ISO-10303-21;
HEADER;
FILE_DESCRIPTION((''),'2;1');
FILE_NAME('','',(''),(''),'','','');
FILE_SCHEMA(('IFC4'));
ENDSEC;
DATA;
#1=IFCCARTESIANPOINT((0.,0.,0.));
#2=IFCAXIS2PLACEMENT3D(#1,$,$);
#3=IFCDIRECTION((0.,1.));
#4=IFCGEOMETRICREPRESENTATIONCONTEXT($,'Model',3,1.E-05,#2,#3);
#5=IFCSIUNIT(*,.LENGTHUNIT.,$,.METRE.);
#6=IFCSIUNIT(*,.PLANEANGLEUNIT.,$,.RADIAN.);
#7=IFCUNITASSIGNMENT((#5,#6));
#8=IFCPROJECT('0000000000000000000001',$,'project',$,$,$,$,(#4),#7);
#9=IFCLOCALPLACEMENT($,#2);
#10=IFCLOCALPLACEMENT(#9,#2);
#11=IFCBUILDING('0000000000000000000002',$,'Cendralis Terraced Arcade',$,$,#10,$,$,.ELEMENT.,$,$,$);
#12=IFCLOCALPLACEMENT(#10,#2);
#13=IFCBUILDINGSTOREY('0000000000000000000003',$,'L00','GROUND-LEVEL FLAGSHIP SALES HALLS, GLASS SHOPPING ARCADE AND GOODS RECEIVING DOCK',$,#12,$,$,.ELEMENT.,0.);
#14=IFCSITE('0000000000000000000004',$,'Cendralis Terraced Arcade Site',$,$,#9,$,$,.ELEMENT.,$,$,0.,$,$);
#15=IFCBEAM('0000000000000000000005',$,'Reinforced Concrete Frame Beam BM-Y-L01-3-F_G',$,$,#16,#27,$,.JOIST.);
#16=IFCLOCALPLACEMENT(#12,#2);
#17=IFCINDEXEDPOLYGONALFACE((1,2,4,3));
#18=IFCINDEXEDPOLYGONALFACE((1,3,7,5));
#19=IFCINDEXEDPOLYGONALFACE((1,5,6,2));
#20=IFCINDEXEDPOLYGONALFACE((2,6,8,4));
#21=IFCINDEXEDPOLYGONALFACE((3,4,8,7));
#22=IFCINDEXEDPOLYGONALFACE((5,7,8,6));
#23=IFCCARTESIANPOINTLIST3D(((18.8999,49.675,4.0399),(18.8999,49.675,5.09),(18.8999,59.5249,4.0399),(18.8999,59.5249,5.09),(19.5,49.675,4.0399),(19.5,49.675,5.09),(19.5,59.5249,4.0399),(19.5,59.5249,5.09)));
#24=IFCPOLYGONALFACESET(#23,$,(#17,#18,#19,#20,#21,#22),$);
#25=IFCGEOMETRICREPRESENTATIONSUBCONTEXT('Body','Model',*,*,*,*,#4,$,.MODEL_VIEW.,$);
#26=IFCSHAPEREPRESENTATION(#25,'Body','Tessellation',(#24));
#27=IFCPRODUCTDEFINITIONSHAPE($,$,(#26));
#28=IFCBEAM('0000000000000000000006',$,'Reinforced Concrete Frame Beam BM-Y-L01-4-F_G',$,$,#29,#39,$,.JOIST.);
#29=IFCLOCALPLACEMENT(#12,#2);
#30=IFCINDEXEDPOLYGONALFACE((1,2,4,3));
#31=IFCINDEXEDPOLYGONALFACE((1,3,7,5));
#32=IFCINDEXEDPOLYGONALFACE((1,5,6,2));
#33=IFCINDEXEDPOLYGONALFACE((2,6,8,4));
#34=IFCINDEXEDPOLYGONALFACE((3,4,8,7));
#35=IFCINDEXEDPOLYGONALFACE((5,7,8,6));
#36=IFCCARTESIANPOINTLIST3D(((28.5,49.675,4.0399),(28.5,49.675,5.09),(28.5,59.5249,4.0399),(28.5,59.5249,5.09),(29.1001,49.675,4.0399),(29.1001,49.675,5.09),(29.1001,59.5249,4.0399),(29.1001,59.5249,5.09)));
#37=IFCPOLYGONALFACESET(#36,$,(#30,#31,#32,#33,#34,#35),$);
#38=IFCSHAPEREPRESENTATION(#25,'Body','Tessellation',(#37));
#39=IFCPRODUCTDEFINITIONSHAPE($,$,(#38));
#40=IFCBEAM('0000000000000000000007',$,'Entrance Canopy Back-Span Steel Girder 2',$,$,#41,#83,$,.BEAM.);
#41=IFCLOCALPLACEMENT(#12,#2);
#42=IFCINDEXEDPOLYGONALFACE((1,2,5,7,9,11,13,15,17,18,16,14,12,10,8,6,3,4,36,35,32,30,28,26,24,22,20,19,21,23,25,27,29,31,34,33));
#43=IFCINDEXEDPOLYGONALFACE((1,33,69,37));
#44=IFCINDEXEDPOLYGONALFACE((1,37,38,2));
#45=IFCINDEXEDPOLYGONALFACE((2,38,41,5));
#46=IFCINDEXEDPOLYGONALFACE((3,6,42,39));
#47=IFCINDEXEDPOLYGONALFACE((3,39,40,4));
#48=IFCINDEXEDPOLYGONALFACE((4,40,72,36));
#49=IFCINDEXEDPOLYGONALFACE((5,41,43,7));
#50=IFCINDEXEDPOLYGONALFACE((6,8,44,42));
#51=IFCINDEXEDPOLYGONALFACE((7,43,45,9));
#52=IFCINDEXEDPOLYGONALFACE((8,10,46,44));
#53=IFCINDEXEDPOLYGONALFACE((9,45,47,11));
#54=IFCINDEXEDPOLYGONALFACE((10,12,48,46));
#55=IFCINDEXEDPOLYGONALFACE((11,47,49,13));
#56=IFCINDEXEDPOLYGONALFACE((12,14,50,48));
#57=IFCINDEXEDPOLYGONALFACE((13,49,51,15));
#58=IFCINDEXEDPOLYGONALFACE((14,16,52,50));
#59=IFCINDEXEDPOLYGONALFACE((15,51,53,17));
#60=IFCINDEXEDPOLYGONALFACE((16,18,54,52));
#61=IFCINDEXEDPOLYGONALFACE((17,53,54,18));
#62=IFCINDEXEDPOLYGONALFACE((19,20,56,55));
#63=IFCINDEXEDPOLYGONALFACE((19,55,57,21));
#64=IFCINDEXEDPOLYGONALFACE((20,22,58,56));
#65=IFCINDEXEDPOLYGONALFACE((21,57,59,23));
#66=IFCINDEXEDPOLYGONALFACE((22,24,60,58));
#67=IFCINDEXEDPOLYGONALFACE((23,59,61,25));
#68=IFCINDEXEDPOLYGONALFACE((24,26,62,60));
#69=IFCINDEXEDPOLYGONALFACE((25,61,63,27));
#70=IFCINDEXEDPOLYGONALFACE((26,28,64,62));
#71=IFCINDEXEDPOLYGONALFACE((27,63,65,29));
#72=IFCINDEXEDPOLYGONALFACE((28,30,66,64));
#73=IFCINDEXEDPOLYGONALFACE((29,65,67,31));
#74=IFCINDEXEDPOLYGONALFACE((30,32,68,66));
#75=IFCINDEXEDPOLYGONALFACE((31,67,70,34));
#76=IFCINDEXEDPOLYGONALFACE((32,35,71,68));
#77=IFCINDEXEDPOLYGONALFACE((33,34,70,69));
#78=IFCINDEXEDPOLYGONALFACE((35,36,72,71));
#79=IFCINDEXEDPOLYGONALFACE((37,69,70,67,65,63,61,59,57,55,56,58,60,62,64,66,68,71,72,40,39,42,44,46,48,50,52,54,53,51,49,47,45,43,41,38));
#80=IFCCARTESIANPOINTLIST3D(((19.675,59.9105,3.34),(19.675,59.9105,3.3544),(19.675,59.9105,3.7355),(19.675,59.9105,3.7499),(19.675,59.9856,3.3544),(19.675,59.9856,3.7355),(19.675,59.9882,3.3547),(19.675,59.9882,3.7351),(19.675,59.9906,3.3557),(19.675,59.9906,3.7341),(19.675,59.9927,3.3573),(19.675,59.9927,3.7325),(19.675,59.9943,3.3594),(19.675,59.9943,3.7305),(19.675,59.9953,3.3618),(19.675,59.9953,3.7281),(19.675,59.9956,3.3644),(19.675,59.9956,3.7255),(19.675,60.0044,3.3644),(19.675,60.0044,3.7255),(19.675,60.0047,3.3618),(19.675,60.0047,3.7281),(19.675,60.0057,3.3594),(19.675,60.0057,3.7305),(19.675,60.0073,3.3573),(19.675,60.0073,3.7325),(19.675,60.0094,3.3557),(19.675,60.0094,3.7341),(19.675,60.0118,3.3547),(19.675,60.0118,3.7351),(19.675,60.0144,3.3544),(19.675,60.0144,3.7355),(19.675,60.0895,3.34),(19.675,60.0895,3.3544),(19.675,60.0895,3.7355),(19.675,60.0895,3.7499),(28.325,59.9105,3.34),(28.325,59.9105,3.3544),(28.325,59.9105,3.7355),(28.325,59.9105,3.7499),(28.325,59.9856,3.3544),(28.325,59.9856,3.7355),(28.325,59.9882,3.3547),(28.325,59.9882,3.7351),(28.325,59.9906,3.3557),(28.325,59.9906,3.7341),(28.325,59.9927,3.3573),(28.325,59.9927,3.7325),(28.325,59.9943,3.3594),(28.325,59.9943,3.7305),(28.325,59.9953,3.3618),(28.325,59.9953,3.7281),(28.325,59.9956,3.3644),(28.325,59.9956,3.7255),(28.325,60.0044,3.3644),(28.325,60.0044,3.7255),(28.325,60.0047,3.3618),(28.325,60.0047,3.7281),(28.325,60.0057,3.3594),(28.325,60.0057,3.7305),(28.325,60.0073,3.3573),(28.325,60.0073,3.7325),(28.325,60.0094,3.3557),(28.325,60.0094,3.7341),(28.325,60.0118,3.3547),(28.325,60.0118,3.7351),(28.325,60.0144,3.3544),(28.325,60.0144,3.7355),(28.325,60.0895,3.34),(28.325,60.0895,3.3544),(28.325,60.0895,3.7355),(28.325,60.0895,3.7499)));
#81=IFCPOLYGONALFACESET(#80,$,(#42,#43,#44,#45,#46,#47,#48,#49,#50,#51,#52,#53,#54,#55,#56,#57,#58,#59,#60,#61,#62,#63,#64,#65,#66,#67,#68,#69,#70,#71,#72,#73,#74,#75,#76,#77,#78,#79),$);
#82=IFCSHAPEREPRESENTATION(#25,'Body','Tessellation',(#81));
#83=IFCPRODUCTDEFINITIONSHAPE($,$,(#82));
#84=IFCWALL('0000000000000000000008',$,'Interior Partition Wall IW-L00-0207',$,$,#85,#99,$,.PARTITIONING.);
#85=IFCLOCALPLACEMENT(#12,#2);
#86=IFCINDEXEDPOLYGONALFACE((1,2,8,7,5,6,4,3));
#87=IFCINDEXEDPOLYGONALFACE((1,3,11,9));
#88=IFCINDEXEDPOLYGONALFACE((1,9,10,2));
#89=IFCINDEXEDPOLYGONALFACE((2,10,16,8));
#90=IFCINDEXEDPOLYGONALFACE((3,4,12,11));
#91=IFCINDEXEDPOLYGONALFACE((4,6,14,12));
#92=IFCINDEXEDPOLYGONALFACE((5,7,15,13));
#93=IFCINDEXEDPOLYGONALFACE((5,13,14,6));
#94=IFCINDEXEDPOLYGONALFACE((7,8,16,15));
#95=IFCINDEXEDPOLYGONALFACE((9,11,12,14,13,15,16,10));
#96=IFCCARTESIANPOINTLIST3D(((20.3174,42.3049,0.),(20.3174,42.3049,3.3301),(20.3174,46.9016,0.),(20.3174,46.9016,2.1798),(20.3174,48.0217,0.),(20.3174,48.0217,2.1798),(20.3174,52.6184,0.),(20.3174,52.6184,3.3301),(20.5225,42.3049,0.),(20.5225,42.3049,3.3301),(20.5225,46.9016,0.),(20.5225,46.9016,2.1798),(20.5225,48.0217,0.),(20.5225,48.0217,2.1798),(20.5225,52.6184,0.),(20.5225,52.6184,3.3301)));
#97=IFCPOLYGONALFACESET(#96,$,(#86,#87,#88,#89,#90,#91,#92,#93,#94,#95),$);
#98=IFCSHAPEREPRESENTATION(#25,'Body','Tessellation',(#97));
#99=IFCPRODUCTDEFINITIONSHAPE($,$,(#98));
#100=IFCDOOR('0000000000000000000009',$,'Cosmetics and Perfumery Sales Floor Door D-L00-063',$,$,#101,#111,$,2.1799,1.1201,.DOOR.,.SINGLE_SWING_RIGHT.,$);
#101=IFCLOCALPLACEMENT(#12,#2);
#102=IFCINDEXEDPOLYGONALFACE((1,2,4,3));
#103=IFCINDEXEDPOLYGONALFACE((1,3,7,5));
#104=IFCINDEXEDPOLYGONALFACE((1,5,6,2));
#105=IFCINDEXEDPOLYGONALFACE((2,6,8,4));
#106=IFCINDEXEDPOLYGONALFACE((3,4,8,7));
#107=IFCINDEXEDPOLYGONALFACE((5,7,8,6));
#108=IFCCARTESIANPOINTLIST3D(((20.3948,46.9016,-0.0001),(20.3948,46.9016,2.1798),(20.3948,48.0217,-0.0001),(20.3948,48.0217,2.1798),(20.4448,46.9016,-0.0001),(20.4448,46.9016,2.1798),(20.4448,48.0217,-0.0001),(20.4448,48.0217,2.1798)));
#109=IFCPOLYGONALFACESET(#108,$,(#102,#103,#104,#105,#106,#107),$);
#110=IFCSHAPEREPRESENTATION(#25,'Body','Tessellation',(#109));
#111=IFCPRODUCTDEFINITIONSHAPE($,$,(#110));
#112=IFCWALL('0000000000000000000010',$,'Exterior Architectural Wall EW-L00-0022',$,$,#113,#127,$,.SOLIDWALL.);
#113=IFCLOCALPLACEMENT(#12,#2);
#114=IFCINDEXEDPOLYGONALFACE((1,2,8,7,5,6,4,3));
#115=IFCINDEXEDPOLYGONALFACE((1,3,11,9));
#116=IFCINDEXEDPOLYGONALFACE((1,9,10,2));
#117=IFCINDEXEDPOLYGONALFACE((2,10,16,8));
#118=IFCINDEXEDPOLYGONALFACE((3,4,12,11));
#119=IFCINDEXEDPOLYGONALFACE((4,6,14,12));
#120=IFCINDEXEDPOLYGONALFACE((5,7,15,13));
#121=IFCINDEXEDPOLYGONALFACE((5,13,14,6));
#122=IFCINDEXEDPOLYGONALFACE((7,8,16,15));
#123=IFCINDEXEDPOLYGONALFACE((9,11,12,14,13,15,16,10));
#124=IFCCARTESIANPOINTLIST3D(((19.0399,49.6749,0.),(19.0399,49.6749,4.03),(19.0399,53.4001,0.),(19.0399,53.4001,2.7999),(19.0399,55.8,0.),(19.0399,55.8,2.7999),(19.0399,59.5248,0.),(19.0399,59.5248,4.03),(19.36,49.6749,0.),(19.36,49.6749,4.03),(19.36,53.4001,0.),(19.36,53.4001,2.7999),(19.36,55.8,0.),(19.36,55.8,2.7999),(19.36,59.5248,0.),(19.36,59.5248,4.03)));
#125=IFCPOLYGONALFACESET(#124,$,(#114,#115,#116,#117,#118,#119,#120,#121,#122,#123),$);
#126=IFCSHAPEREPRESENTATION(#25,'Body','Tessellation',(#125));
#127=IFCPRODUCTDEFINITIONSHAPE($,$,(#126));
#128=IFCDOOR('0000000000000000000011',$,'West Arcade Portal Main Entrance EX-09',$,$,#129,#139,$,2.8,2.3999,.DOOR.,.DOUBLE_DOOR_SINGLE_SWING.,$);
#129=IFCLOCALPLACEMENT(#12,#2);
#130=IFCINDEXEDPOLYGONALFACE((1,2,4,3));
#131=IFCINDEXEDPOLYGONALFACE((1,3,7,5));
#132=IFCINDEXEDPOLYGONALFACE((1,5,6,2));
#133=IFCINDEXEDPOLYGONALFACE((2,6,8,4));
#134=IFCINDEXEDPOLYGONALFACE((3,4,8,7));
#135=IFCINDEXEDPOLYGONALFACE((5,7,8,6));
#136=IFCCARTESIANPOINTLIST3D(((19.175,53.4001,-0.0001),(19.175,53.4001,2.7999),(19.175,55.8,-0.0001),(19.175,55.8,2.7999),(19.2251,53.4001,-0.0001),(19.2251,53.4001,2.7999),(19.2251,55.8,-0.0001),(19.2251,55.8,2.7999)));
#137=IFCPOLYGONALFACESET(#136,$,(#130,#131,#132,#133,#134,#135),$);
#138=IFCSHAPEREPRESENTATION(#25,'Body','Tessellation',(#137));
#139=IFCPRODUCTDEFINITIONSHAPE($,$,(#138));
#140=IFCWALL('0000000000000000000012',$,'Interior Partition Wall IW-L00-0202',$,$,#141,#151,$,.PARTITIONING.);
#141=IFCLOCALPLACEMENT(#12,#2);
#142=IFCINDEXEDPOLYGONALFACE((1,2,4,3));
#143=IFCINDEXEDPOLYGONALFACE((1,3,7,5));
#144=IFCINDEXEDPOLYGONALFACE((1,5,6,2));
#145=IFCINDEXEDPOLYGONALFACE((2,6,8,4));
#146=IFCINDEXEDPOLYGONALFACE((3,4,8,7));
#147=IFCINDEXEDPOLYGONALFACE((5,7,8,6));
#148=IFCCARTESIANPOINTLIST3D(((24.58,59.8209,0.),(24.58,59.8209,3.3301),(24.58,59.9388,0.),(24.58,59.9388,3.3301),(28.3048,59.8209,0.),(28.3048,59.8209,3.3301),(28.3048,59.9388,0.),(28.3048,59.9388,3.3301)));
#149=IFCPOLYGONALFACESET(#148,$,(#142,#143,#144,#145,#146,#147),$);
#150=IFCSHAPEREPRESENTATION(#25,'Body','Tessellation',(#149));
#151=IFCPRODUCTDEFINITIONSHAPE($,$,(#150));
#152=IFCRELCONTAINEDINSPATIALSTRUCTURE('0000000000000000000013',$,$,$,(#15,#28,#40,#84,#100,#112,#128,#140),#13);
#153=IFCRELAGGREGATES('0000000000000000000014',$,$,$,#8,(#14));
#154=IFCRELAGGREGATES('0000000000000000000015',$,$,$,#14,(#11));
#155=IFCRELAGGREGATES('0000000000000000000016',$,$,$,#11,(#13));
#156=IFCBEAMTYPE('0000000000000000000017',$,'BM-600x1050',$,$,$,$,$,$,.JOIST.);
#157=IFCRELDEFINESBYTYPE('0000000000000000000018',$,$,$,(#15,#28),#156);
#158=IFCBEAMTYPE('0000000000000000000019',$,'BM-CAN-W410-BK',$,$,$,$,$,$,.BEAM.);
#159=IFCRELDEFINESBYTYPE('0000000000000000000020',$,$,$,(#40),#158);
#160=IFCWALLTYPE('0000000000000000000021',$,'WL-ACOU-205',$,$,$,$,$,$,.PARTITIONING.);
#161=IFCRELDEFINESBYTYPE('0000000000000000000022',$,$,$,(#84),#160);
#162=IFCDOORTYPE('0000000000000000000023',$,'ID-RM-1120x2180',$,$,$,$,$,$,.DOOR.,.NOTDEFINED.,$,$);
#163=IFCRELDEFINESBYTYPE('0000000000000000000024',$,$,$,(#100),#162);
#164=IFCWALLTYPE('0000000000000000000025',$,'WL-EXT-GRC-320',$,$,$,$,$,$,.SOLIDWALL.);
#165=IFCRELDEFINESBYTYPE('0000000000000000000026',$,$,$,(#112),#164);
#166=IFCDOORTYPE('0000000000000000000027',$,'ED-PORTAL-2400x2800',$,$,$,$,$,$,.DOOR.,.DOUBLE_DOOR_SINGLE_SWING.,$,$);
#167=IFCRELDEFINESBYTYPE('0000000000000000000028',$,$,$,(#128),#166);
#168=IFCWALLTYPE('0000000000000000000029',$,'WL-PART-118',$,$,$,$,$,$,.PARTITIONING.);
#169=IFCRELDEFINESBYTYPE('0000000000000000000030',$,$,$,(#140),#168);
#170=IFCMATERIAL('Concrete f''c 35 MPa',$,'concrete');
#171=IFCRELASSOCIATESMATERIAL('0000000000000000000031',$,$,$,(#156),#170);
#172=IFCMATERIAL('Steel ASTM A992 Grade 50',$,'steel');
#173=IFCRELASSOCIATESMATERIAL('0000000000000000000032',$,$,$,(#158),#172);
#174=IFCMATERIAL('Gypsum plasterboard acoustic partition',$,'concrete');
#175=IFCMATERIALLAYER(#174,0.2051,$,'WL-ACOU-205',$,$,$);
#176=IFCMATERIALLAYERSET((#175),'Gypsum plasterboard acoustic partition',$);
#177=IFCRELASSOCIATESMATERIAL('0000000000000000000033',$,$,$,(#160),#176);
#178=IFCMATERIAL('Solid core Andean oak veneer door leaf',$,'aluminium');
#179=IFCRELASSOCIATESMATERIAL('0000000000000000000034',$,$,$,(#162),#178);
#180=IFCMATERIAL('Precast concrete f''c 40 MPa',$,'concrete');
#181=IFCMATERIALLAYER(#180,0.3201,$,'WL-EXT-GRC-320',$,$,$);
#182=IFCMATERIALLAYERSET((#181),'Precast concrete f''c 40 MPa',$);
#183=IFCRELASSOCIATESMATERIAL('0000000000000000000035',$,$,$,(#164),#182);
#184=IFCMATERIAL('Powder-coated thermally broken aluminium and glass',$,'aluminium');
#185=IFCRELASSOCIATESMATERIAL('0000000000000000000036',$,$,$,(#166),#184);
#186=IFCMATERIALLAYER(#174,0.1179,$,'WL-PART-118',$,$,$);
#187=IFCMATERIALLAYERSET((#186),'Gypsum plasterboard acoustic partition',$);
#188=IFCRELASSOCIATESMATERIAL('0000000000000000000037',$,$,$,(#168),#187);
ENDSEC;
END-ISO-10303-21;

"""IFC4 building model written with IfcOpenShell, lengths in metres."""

from ifc_helpers import new_model, si_unit, direction, frame, frame_2d, origin, origin_2d, place, context, subcontext, project, spatial, rectangle, i_section, extrude, material, layer, layer_set, material_profile, profile_set, type_object, element, fill, save


model = new_model("IFC4")

# Units and contexts
model_context = context("Model", 3, precision=1e-05, world=origin(), true_north=direction((0.0, 1.0)))
body_context = subcontext(model_context, "Body", "Model", "MODEL_VIEW")
ifc_project = project(units=[si_unit("LENGTHUNIT", "METRE"), si_unit("PLANEANGLEUNIT", "RADIAN")], contexts=[model_context])

# Site, building, storey
site_placement = place(None, origin())
site = spatial("IfcSite", under=ifc_project, at=site_placement, Name="Cendralis Terraced Arcade Site", CompositionType="ELEMENT", RefElevation=0.0)
building_placement = place(site_placement, origin())
building = spatial("IfcBuilding", under=site, at=building_placement, Name="Cendralis Terraced Arcade", CompositionType="ELEMENT")
storey_placement = place(building_placement, origin())
storey = spatial("IfcBuildingStorey", under=building, at=storey_placement, Name="L00", Description="GROUND-LEVEL FLAGSHIP SALES HALLS, GLASS SHOPPING ARCADE AND GOODS RECEIVING DOCK", CompositionType="ELEMENT", Elevation=0.0)

# Shared definitions
ifc_material_1 = material(Name="Concrete f'c 35 MPa", Category="concrete")

# Beams
ifc_material_profile_1 = material_profile(ifc_material_1, rectangle(XDim=0.6001, YDim=1.05, at=origin_2d()), Name="RC-BM-600x1050", Category="LoadBearing")
ifc_profile_set_1 = profile_set([ifc_material_profile_1], Name="Concrete f'c 35 MPa")
beam_type_1 = type_object("IfcBeamType", Name="BM-600x1050", PredefinedType="JOIST", material=ifc_profile_set_1)
for number, where, z_axis, x_axis, name in (
    (1, (19.2, 49.675, 4.5649), (0.0, 1.0, 0.0), (-1.0, 0.0, 0.0), "Reinforced Concrete Frame Beam BM-Y-L01-3-F_G"),
    (2, (28.8, 49.675, 4.5649), (0.0, 1.0, 0.0), (-1.0, 0.0, 0.0), "Reinforced Concrete Frame Beam BM-Y-L01-4-F_G"),
):
    element("IfcBeam", number, at=place(storey_placement, frame(where, z_axis=z_axis, x_axis=x_axis)), inside=storey, type_object=beam_type_1, Name=name, PredefinedType="JOIST", context=body_context, shape_type="SweptSolid", body=[
        extrude(rectangle(XDim=0.6001, YDim=1.05, at=origin_2d()), origin(), (0.0, 0.0, 1.0), 9.8499),
    ])
ifc_material_2 = material(Name="Steel ASTM A992 Grade 50", Category="steel")
ifc_material_profile_2 = material_profile(ifc_material_2, i_section(OverallWidth=0.179, OverallDepth=0.4099, WebThickness=0.0088, FlangeThickness=0.0144, FilletRadius=0.01, at=origin_2d()), Name="W410X67", Category="LoadBearing")
ifc_profile_set_2 = profile_set([ifc_material_profile_2], Name="Steel ASTM A992 Grade 50")
beam_type_2 = type_object("IfcBeamType", Name="BM-CAN-W410-BK", PredefinedType="BEAM", material=ifc_profile_set_2)
beam_1_placement = place(storey_placement, frame((28.325, 60.0, 3.5449), z_axis=(-1.0, 0.0, 0.0), x_axis=(0.0, -1.0, 0.0)))
element("IfcBeam", 3, at=beam_1_placement, inside=storey, type_object=beam_type_2, Name="Entrance Canopy Back-Span Steel Girder 2", PredefinedType="BEAM", context=body_context, shape_type="SweptSolid", body=[
    extrude(i_section(OverallWidth=0.179, OverallDepth=0.4099, WebThickness=0.0088, FlangeThickness=0.0144, FilletRadius=0.01, at=origin_2d()), origin(), (0.0, 0.0, 1.0), 8.6499),
])

# Walls, openings, doors
ifc_material_3 = material(Name="Gypsum plasterboard acoustic partition", Category="concrete")
ifc_layer_1 = layer(ifc_material_3, 0.2051, Name="WL-ACOU-205")
ifc_layer_set_1 = layer_set([ifc_layer_1], Name="Gypsum plasterboard acoustic partition")
wall_type_1 = type_object("IfcWallType", Name="WL-ACOU-205", PredefinedType="PARTITIONING", material=ifc_layer_set_1)
wall_1_placement = place(storey_placement, frame((20.4199, 52.6184, 0.0), z_axis=(0.0, 0.0, 1.0), x_axis=(0.0, -1.0, 0.0)))
wall_1 = element("IfcWall", 4, at=wall_1_placement, inside=storey, type_object=wall_type_1, Name="Interior Partition Wall IW-L00-0207", PredefinedType="PARTITIONING", context=body_context, shape_type="SweptSolid", body=[
    extrude(rectangle(XDim=10.3135, YDim=0.2051, at=frame_2d((5.1567, 0.0))), origin(), (0.0, 0.0, 1.0), 3.3301),
])
opening_1_placement = place(wall_1_placement, frame((4.5967, 0.0, 0.0)))
opening_1 = element("IfcOpeningElement", 5, at=opening_1_placement, cuts=wall_1, PredefinedType="OPENING", context=body_context, shape_type="SweptSolid", body=[
    extrude(rectangle(XDim=1.1201, YDim=2.1799, at=frame_2d((0.5601, 1.0898))), frame((0.0, 0.1145, 0.0), z_axis=(0.0, -1.0, 0.0), x_axis=(1.0, 0.0, 0.0)), (0.0, 0.0, 1.0), 0.229),
])
ifc_material_4 = material(Name="Solid core Andean oak veneer door leaf", Category="aluminium")
door_type_1 = type_object("IfcDoorType", Name="ID-RM-1120x2180", OperationType="NOTDEFINED", PredefinedType="DOOR", material=ifc_material_4)
door_1_placement = place(opening_1_placement, origin())
door_1 = element("IfcDoor", 6, at=door_1_placement, inside=storey, type_object=door_type_1, Name="Cosmetics and Perfumery Sales Floor Door D-L00-063", OperationType="SINGLE_SWING_RIGHT", OverallHeight=2.1799, OverallWidth=1.1201, PredefinedType="DOOR", context=body_context, shape_type="SweptSolid", body=[
    extrude(rectangle(XDim=1.1201, YDim=2.1799, at=frame_2d((0.5601, 1.0898))), frame((0.0, 0.0249, 0.0), z_axis=(0.0, -1.0, 0.0), x_axis=(1.0, 0.0, 0.0)), (0.0, 0.0, 1.0), 0.05),
])
fill(opening_1, door_1)
ifc_material_5 = material(Name="Precast concrete f'c 40 MPa", Category="concrete")
ifc_layer_2 = layer(ifc_material_5, 0.3201, Name="WL-EXT-GRC-320")
ifc_layer_set_2 = layer_set([ifc_layer_2], Name="Precast concrete f'c 40 MPa")
wall_type_2 = type_object("IfcWallType", Name="WL-EXT-GRC-320", PredefinedType="SOLIDWALL", material=ifc_layer_set_2)
wall_2_placement = place(storey_placement, frame((19.2, 49.675, 0.0), z_axis=(0.0, 0.0, 1.0), x_axis=(0.0, 1.0, 0.0)))
wall_2 = element("IfcWall", 7, at=wall_2_placement, inside=storey, type_object=wall_type_2, Name="Exterior Architectural Wall EW-L00-0022", PredefinedType="SOLIDWALL", context=body_context, shape_type="SweptSolid", body=[
    extrude(rectangle(XDim=9.8499, YDim=0.3201, at=frame_2d((4.9248, 0.0))), origin(), (0.0, 0.0, 1.0), 4.03),
])
opening_2_placement = place(wall_2_placement, frame((3.7251, 0.0, 0.0)))
opening_2 = element("IfcOpeningElement", 8, at=opening_2_placement, cuts=wall_2, PredefinedType="OPENING", context=body_context, shape_type="SweptSolid", body=[
    extrude(rectangle(XDim=2.3999, YDim=2.8, at=frame_2d((1.2, 1.3999))), frame((0.0, 0.1719, 0.0), z_axis=(0.0, -1.0, 0.0), x_axis=(1.0, 0.0, 0.0)), (0.0, 0.0, 1.0), 0.344),
])
ifc_material_6 = material(Name="Powder-coated thermally broken aluminium and glass", Category="aluminium")
door_type_2 = type_object("IfcDoorType", Name="ED-PORTAL-2400x2800", OperationType="DOUBLE_DOOR_SINGLE_SWING", PredefinedType="DOOR", material=ifc_material_6)
door_2_placement = place(opening_2_placement, origin())
door_2 = element("IfcDoor", 9, at=door_2_placement, inside=storey, type_object=door_type_2, Name="West Arcade Portal Main Entrance EX-09", OperationType="DOUBLE_DOOR_SINGLE_SWING", OverallHeight=2.8, OverallWidth=2.3999, PredefinedType="DOOR", context=body_context, shape_type="SweptSolid", body=[
    extrude(rectangle(XDim=2.3999, YDim=2.8, at=frame_2d((1.2, 1.3999))), frame((0.0, 0.0249, 0.0), z_axis=(0.0, -1.0, 0.0), x_axis=(1.0, 0.0, 0.0)), (0.0, 0.0, 1.0), 0.05),
])
fill(opening_2, door_2)

# Wall
ifc_layer_3 = layer(ifc_material_3, 0.1179, Name="WL-PART-118")
ifc_layer_set_3 = layer_set([ifc_layer_3], Name="Gypsum plasterboard acoustic partition")
wall_type_3 = type_object("IfcWallType", Name="WL-PART-118", PredefinedType="PARTITIONING", material=ifc_layer_set_3)
wall_3_placement = place(storey_placement, frame((24.5801, 59.8799, 0.0), z_axis=(0.0, 0.0, 1.0), x_axis=(1.0, 0.0, 0.0)))
element("IfcWall", 10, at=wall_3_placement, inside=storey, type_object=wall_type_3, Name="Interior Partition Wall IW-L00-0202", PredefinedType="PARTITIONING", context=body_context, shape_type="SweptSolid", body=[
    extrude(rectangle(XDim=3.7249, YDim=0.1179, at=frame_2d((1.8623, 0.0))), origin(), (0.0, 0.0, 1.0), 3.3301),
])

save(model, "model.ifc")
